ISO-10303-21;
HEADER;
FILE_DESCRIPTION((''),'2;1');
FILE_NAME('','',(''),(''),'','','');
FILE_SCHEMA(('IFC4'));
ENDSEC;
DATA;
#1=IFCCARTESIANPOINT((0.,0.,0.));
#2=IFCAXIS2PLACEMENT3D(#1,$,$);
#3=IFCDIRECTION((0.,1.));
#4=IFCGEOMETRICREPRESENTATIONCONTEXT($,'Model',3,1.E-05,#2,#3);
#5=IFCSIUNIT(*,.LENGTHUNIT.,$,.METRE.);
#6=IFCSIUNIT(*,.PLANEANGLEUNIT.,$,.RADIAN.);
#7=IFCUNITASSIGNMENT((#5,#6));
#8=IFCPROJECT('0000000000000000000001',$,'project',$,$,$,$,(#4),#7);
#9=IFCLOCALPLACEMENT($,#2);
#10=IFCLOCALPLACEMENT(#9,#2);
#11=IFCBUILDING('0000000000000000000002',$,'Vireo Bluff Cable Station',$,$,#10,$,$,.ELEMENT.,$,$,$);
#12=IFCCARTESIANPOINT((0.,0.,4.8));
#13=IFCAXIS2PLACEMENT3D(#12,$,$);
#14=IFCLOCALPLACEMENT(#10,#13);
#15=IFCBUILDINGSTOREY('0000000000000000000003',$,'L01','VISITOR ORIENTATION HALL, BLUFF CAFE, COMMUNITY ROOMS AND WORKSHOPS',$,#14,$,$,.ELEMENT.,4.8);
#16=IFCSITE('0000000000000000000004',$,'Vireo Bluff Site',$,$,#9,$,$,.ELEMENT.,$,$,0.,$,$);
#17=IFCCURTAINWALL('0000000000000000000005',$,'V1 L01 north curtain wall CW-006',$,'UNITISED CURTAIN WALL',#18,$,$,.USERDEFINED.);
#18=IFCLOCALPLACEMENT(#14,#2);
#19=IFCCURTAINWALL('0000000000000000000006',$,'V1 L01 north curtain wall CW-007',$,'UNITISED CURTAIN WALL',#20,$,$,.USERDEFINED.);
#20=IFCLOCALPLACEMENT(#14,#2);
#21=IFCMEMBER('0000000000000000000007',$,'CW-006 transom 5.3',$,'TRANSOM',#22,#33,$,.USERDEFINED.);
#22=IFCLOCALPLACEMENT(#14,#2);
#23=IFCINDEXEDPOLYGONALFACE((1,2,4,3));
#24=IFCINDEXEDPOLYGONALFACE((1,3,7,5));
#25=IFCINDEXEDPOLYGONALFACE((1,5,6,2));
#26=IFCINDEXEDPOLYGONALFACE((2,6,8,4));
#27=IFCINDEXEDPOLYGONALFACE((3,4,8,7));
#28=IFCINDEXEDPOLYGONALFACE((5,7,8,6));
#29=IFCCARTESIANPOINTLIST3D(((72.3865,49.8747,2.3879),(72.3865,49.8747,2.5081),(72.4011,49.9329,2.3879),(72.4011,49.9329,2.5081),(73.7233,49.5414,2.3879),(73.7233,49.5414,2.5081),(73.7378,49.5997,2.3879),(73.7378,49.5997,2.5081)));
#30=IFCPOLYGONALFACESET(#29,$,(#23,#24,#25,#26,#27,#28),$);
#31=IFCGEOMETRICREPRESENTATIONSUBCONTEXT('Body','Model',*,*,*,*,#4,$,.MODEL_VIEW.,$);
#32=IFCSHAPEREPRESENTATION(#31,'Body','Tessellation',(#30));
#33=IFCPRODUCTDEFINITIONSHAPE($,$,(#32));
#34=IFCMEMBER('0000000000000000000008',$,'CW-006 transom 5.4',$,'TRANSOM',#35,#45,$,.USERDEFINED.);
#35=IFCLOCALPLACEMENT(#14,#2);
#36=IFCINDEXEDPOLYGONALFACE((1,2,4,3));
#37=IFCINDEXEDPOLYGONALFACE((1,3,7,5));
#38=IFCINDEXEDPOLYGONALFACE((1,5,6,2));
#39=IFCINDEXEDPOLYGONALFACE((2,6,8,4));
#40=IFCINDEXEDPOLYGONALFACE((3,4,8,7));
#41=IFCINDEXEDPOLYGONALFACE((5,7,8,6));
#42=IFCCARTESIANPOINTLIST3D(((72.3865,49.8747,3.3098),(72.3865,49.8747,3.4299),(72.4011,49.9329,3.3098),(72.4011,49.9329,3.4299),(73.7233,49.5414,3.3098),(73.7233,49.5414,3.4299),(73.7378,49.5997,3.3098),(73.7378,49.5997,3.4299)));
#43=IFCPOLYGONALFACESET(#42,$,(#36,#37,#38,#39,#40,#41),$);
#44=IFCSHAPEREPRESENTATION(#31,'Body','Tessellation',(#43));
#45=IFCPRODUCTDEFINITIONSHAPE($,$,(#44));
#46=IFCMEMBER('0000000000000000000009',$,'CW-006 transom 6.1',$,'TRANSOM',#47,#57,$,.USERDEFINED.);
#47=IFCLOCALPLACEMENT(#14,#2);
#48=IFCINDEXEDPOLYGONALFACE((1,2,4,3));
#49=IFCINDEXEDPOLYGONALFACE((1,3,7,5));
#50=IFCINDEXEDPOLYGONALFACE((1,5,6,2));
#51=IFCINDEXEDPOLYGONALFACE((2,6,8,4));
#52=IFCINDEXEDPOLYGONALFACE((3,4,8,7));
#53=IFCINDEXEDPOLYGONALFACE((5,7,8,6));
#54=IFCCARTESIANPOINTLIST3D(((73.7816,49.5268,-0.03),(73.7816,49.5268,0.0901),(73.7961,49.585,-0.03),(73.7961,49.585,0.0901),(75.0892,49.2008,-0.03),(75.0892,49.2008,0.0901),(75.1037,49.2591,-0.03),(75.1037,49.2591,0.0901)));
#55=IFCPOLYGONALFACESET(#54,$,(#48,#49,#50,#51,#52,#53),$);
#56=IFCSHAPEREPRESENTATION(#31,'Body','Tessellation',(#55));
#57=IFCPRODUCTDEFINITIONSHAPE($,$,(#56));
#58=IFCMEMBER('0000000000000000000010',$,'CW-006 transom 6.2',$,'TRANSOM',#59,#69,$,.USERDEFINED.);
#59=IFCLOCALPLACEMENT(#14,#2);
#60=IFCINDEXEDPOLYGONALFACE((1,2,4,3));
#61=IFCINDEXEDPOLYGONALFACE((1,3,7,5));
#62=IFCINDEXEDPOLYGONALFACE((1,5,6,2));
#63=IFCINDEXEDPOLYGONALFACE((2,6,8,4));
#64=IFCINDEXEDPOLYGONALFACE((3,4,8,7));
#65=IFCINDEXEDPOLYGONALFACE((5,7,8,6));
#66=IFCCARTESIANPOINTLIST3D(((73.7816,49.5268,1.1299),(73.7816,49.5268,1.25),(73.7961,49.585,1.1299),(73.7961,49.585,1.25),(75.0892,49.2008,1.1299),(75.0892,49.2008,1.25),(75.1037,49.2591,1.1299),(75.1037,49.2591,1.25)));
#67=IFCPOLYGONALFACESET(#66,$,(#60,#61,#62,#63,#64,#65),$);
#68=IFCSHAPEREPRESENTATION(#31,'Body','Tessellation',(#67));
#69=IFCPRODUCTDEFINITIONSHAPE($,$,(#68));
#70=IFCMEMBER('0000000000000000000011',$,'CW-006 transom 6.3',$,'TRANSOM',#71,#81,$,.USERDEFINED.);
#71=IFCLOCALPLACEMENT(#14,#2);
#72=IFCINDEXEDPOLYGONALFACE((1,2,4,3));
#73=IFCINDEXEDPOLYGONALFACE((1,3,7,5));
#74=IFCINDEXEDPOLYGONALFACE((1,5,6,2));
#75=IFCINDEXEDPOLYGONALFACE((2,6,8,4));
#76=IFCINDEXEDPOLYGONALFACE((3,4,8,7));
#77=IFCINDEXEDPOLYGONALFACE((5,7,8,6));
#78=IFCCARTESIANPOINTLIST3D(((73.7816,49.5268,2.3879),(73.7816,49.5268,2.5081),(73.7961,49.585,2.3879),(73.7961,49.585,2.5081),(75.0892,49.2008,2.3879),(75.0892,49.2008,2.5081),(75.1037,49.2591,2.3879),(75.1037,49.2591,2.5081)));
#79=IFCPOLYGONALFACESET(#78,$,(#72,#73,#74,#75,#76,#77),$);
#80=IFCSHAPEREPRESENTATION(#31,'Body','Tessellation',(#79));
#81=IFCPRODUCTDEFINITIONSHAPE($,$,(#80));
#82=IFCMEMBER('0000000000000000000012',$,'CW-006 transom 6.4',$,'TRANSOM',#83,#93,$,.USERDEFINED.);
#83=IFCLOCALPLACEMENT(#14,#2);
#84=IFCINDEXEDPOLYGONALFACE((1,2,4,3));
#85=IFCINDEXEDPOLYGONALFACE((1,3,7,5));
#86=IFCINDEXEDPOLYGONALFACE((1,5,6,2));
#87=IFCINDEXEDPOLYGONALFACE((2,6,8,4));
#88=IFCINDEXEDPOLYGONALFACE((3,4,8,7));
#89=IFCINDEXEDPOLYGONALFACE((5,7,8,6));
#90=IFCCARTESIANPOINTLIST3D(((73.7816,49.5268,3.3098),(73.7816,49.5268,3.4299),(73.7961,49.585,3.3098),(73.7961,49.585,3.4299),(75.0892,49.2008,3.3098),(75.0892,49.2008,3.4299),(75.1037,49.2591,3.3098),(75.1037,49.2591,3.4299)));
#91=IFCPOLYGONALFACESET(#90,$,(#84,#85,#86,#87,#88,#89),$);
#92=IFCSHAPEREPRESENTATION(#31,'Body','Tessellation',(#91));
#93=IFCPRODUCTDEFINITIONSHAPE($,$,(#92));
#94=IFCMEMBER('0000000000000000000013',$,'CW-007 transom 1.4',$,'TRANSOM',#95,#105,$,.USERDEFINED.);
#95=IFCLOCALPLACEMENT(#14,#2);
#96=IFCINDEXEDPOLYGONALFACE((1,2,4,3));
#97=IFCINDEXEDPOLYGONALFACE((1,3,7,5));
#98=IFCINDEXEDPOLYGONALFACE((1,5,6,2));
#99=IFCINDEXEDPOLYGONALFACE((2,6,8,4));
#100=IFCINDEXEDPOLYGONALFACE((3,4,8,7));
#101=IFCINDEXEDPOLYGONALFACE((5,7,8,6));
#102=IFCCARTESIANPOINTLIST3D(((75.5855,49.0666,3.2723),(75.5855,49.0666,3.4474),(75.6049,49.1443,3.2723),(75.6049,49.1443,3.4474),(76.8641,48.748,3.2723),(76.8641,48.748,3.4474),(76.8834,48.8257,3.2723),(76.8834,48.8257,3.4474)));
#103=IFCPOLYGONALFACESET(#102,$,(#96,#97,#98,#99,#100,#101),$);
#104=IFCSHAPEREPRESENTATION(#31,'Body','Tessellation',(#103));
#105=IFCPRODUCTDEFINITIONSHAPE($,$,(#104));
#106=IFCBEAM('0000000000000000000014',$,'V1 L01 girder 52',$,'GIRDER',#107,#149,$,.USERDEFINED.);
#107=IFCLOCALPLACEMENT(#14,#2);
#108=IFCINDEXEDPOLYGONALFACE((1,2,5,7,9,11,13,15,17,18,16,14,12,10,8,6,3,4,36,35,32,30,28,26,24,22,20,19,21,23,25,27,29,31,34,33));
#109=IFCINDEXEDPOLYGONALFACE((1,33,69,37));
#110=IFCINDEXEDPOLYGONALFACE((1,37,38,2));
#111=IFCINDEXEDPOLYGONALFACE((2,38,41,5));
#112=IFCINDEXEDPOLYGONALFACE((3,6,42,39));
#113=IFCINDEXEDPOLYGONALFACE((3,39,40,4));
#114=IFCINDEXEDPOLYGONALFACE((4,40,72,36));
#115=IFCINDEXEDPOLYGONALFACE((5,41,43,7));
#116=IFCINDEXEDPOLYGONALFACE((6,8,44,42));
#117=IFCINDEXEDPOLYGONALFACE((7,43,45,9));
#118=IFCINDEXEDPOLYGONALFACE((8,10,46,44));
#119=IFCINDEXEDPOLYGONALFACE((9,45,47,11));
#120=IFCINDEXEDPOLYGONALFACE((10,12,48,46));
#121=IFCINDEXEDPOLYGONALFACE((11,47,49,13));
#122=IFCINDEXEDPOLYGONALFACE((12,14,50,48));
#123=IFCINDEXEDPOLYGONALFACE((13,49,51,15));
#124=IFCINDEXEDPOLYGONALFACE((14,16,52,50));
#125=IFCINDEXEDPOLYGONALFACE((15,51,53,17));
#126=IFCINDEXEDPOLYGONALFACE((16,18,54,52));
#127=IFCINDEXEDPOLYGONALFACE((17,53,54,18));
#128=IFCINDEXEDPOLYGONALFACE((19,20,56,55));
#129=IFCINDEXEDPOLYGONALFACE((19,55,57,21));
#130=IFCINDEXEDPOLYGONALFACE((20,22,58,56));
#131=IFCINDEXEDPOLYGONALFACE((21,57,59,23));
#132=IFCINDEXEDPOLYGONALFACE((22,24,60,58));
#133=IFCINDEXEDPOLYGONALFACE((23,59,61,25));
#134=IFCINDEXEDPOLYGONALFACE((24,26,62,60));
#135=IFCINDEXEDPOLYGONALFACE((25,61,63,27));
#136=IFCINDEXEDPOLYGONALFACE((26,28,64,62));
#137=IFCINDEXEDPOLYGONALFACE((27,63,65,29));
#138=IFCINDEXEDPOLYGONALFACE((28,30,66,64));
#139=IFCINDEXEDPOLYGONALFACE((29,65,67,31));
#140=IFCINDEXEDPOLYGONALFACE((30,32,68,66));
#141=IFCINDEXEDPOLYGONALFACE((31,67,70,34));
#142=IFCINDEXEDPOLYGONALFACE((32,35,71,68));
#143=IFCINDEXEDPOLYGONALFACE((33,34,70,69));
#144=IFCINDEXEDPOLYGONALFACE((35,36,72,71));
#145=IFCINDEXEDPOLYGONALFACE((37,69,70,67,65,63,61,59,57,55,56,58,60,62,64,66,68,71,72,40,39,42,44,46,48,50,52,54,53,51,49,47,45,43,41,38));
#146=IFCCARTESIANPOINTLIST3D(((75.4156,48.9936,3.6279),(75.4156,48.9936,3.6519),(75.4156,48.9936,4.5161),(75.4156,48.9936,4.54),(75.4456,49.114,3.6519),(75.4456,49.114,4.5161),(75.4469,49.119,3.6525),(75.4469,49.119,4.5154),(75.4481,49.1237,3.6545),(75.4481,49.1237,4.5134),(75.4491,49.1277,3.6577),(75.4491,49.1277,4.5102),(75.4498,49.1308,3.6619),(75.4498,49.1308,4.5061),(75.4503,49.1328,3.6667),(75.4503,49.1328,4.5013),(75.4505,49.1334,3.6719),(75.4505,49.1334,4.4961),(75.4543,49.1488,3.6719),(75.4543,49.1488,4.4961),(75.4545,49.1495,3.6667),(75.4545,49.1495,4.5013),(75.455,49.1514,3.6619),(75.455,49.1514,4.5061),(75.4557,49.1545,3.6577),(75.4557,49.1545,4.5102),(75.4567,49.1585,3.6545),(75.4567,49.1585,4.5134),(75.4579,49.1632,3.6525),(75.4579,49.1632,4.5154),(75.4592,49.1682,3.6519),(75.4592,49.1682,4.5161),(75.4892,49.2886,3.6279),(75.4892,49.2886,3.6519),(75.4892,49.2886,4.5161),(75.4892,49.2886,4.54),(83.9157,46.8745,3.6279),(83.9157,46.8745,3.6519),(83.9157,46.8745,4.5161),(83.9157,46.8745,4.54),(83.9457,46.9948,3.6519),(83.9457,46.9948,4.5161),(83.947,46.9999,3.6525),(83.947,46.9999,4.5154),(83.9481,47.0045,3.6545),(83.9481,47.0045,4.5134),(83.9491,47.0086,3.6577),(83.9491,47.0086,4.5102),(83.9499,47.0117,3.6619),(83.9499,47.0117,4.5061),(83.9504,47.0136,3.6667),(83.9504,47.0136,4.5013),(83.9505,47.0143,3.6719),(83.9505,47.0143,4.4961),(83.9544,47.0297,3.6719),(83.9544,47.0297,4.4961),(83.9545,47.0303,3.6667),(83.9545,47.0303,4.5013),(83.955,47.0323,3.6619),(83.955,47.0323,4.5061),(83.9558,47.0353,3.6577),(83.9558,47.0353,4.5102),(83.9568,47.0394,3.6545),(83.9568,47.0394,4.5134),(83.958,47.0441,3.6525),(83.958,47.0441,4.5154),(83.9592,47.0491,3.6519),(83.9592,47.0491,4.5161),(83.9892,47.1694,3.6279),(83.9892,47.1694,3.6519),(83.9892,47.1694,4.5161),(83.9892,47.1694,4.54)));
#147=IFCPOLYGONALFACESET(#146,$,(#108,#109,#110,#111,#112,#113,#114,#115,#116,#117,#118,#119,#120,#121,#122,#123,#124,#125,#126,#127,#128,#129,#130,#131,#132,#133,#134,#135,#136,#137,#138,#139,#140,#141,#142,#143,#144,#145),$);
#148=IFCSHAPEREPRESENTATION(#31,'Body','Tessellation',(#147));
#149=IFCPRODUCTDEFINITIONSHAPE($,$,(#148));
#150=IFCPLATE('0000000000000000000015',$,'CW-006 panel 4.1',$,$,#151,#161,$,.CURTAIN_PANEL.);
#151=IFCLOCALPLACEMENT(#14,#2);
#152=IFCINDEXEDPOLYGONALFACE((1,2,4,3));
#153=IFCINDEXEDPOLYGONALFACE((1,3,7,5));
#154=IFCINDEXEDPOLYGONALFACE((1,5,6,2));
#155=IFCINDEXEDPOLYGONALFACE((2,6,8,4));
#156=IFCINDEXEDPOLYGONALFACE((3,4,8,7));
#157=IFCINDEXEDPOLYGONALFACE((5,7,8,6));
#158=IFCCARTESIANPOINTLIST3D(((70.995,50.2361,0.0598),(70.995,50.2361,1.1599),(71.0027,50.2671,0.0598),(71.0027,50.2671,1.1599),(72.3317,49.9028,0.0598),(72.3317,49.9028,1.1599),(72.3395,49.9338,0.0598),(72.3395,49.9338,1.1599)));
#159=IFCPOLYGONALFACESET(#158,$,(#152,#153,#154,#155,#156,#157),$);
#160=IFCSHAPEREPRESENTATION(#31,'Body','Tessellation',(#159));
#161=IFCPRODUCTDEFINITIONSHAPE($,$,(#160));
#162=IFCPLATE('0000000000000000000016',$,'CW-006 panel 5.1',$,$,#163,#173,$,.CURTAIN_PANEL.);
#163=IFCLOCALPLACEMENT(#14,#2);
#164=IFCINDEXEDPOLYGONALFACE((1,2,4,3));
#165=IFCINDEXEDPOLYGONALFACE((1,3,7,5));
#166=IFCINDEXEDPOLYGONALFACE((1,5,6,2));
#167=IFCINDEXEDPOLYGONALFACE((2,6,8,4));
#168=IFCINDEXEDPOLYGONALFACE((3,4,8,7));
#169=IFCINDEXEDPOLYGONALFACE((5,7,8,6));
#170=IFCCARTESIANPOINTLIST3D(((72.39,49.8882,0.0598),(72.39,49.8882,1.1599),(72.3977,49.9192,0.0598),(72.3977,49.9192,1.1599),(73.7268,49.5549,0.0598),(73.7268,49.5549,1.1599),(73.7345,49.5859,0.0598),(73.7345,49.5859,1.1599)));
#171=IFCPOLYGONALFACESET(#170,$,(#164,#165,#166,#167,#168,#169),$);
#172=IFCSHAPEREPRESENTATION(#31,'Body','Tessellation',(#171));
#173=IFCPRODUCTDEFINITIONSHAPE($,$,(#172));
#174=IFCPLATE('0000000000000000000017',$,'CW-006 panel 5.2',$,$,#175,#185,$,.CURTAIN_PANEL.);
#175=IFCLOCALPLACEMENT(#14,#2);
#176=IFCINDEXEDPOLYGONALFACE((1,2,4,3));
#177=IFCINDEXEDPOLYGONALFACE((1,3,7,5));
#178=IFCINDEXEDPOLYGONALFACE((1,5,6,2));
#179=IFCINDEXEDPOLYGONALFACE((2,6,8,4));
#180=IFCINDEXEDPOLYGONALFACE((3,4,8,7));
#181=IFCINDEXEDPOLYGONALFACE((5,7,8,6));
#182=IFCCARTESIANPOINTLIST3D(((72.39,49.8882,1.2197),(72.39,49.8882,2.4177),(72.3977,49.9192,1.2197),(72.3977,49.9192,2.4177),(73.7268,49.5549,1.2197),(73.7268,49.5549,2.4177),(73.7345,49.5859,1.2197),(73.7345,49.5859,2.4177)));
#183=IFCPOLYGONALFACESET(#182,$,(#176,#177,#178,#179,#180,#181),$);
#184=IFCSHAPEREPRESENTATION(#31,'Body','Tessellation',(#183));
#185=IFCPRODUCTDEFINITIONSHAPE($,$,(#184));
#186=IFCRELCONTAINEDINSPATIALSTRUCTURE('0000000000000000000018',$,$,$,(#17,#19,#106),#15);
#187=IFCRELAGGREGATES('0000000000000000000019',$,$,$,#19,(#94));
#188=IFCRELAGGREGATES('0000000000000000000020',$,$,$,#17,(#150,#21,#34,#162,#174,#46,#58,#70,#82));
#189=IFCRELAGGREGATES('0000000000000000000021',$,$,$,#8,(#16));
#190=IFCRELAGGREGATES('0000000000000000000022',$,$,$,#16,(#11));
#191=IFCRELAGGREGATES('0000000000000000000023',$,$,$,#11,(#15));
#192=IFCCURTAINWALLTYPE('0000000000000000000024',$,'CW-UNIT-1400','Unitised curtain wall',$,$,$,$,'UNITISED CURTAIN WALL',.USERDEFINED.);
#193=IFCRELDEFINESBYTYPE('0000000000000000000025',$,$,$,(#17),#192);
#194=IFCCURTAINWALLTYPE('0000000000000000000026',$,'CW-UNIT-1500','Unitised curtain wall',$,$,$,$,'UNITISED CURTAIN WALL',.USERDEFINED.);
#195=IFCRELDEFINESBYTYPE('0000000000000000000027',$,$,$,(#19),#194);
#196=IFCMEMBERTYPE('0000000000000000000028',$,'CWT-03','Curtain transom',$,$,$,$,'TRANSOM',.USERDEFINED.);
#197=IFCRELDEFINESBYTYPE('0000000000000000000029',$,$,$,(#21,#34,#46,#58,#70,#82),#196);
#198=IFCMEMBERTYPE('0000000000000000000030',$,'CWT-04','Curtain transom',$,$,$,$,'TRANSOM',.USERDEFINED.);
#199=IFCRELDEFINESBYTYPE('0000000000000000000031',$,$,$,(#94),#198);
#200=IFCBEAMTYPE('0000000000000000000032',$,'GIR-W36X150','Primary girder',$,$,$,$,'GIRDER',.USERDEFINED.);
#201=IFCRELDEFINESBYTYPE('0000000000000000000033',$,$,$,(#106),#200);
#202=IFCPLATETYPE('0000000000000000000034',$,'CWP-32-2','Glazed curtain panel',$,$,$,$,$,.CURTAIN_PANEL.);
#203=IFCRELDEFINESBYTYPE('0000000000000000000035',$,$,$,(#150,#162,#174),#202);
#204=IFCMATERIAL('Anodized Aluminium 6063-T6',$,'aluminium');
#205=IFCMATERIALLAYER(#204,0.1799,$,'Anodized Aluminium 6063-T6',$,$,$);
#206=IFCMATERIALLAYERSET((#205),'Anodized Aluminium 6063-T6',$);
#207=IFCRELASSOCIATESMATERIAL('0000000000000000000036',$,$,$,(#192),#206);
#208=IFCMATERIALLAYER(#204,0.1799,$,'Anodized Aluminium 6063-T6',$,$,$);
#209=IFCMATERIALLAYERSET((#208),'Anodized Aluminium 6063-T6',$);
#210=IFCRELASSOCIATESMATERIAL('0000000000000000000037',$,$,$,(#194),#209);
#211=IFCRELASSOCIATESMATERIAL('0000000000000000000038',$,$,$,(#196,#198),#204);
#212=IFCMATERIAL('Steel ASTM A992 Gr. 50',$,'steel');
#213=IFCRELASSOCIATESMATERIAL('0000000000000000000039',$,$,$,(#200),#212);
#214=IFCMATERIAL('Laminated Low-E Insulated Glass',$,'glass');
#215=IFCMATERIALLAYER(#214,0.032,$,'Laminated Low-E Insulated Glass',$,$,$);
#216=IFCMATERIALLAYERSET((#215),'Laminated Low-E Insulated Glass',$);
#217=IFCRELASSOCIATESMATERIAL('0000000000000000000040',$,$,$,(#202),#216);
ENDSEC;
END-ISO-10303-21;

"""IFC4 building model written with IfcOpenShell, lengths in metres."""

from ifc_helpers import new_model, si_unit, direction, frame, origin, origin_2d, place, context, subcontext, project, spatial, rectangle, i_section, extrude, material, layer, layer_set, material_profile, profile_set, type_object, element, aggregate, save


model = new_model("IFC4")

# Units and contexts
model_context = context("Model", 3, precision=1e-05, world=origin(), true_north=direction((0.0, 1.0)))
body_context = subcontext(model_context, "Body", "Model", "MODEL_VIEW")
ifc_project = project(units=[si_unit("LENGTHUNIT", "METRE"), si_unit("PLANEANGLEUNIT", "RADIAN")], contexts=[model_context])

# Site, building, storey
site_placement = place(None, origin())
site = spatial("IfcSite", under=ifc_project, at=site_placement, Name="Vireo Bluff Site", CompositionType="ELEMENT", RefElevation=0.0)
building_placement = place(site_placement, origin())
building = spatial("IfcBuilding", under=site, at=building_placement, Name="Vireo Bluff Cable Station", CompositionType="ELEMENT")
storey_placement = place(building_placement, frame((0.0, 0.0, 4.8)))
storey = spatial("IfcBuildingStorey", under=building, at=storey_placement, Name="L01", Description="VISITOR ORIENTATION HALL, BLUFF CAFE, COMMUNITY ROOMS AND WORKSHOPS", CompositionType="ELEMENT", Elevation=4.8)

# Shared definitions
ifc_material_1 = material(Name="Steel ASTM A992 Gr. 50", Category="steel")

# Curtain wall
ifc_material_2 = material(Name="Anodized Aluminium 6063-T6", Category="aluminium")
ifc_layer_1 = layer(ifc_material_2, 0.1799, Name="Anodized Aluminium 6063-T6")
ifc_layer_set_1 = layer_set([ifc_layer_1], Name="Anodized Aluminium 6063-T6")
curtain_wall_type_1 = type_object("IfcCurtainWallType", Name="CW-UNIT-1400", Description="Unitised curtain wall", ElementType="UNITISED CURTAIN WALL", PredefinedType="USERDEFINED", material=ifc_layer_set_1)
curtain_wall_1_placement = place(storey_placement, origin())
curtain_wall_1 = element("IfcCurtainWall", 1, at=curtain_wall_1_placement, inside=storey, type_object=curtain_wall_type_1, Name="V1 L01 north curtain wall CW-006", ObjectType="UNITISED CURTAIN WALL", PredefinedType="USERDEFINED")

# Curtain wall
ifc_layer_2 = layer(ifc_material_2, 0.1799, Name="Anodized Aluminium 6063-T6")
ifc_layer_set_2 = layer_set([ifc_layer_2], Name="Anodized Aluminium 6063-T6")
curtain_wall_type_2 = type_object("IfcCurtainWallType", Name="CW-UNIT-1500", Description="Unitised curtain wall", ElementType="UNITISED CURTAIN WALL", PredefinedType="USERDEFINED", material=ifc_layer_set_2)
curtain_wall_2_placement = place(storey_placement, origin())
curtain_wall_2 = element("IfcCurtainWall", 2, at=curtain_wall_2_placement, inside=storey, type_object=curtain_wall_type_2, Name="V1 L01 north curtain wall CW-007", ObjectType="UNITISED CURTAIN WALL", PredefinedType="USERDEFINED")

# Members
ifc_material_profile_1 = material_profile(ifc_material_2, rectangle(XDim=0.0601, YDim=0.1201, at=origin_2d()), Name="ALU-T-60X120")
ifc_profile_set_1 = profile_set([ifc_material_profile_1], Name="Anodized Aluminium 6063-T6")
member_type_1 = type_object("IfcMemberType", Name="CWT-03", Description="Curtain transom", ElementType="TRANSOM", PredefinedType="USERDEFINED", material=ifc_profile_set_1)
member_1_placement = place(storey_placement, frame((72.3938, 49.9038, 2.448), z_axis=(0.970299, -0.24191, 0.0), x_axis=(0.24191, 0.970299, 0.0)))
member_1 = element("IfcMember", 3, at=member_1_placement, type_object=member_type_1, Name="CW-006 transom 5.3", ObjectType="TRANSOM", PredefinedType="USERDEFINED", context=body_context, shape_type="SweptSolid", body=[
    extrude(rectangle(XDim=0.0601, YDim=0.1201, at=origin_2d()), origin(), (0.0, 0.0, 1.0), 1.3777),
])
member_2_placement = place(storey_placement, frame((72.3938, 49.9038, 3.3699), z_axis=(0.970299, -0.24191, 0.0), x_axis=(0.24191, 0.970299, 0.0)))
member_2 = element("IfcMember", 4, at=member_2_placement, type_object=member_type_1, Name="CW-006 transom 5.4", ObjectType="TRANSOM", PredefinedType="USERDEFINED", context=body_context, shape_type="SweptSolid", body=[
    extrude(rectangle(XDim=0.0601, YDim=0.1201, at=origin_2d()), origin(), (0.0, 0.0, 1.0), 1.3777),
])
member_3_placement = place(storey_placement, frame((73.7888, 49.5559, 0.03), z_axis=(0.970313, -0.241854, 0.0), x_axis=(0.241854, 0.970313, 0.0)))
member_3 = element("IfcMember", 5, at=member_3_placement, type_object=member_type_1, Name="CW-006 transom 6.1", ObjectType="TRANSOM", PredefinedType="USERDEFINED", context=body_context, shape_type="SweptSolid", body=[
    extrude(rectangle(XDim=0.0601, YDim=0.1201, at=origin_2d()), origin(), (0.0, 0.0, 1.0), 1.3477),
])
member_4_placement = place(storey_placement, frame((73.7888, 49.5559, 1.1899), z_axis=(0.970313, -0.241854, 0.0), x_axis=(0.241854, 0.970313, 0.0)))
member_4 = element("IfcMember", 6, at=member_4_placement, type_object=member_type_1, Name="CW-006 transom 6.2", ObjectType="TRANSOM", PredefinedType="USERDEFINED", context=body_context, shape_type="SweptSolid", body=[
    extrude(rectangle(XDim=0.0601, YDim=0.1201, at=origin_2d()), origin(), (0.0, 0.0, 1.0), 1.3477),
])
member_5_placement = place(storey_placement, frame((73.7888, 49.5559, 2.448), z_axis=(0.970313, -0.241854, 0.0), x_axis=(0.241854, 0.970313, 0.0)))
member_5 = element("IfcMember", 7, at=member_5_placement, type_object=member_type_1, Name="CW-006 transom 6.3", ObjectType="TRANSOM", PredefinedType="USERDEFINED", context=body_context, shape_type="SweptSolid", body=[
    extrude(rectangle(XDim=0.0601, YDim=0.1201, at=origin_2d()), origin(), (0.0, 0.0, 1.0), 1.3477),
])
member_6_placement = place(storey_placement, frame((73.7888, 49.5559, 3.3699), z_axis=(0.970313, -0.241854, 0.0), x_axis=(0.241854, 0.970313, 0.0)))
member_6 = element("IfcMember", 8, at=member_6_placement, type_object=member_type_1, Name="CW-006 transom 6.4", ObjectType="TRANSOM", PredefinedType="USERDEFINED", context=body_context, shape_type="SweptSolid", body=[
    extrude(rectangle(XDim=0.0601, YDim=0.1201, at=origin_2d()), origin(), (0.0, 0.0, 1.0), 1.3477),
])
ifc_material_profile_2 = material_profile(ifc_material_2, rectangle(XDim=0.0801, YDim=0.175, at=origin_2d()), Name="ALU-T-80X175")
ifc_profile_set_2 = profile_set([ifc_material_profile_2], Name="Anodized Aluminium 6063-T6")
member_type_2 = type_object("IfcMemberType", Name="CWT-04", Description="Curtain transom", ElementType="TRANSOM", PredefinedType="USERDEFINED", material=ifc_profile_set_2)
member_7_placement = place(storey_placement, frame((75.5952, 49.1055, 3.3599), z_axis=(0.970328, -0.241794, 0.0), x_axis=(0.241794, 0.970328, 0.0)))
member_7 = element("IfcMember", 9, at=member_7_placement, type_object=member_type_2, Name="CW-007 transom 1.4", ObjectType="TRANSOM", PredefinedType="USERDEFINED", context=body_context, shape_type="SweptSolid", body=[
    extrude(rectangle(XDim=0.0801, YDim=0.175, at=origin_2d()), origin(), (0.0, 0.0, 1.0), 1.3176),
])
aggregate(curtain_wall_2, [member_7])

# Beam
ifc_material_profile_3 = material_profile(ifc_material_1, i_section(OverallWidth=0.304, OverallDepth=0.9121, WebThickness=0.0159, FlangeThickness=0.0239, FilletRadius=0.02, at=origin_2d()), Name="W36X150")
ifc_profile_set_3 = profile_set([ifc_material_profile_3], Name="Steel ASTM A992 Gr. 50")
beam_type_1 = type_object("IfcBeamType", Name="GIR-W36X150", Description="Primary girder", ElementType="GIRDER", PredefinedType="USERDEFINED", material=ifc_profile_set_3)
beam_1_placement = place(storey_placement, frame((75.4524, 49.1411, 4.084), z_axis=(0.9703, -0.241906, 0.0), x_axis=(0.241906, 0.9703, 0.0)))
element("IfcBeam", 10, at=beam_1_placement, inside=storey, type_object=beam_type_1, Name="V1 L01 girder 52", ObjectType="GIRDER", PredefinedType="USERDEFINED", context=body_context, shape_type="SweptSolid", body=[
    extrude(i_section(OverallWidth=0.304, OverallDepth=0.9121, WebThickness=0.0159, FlangeThickness=0.0239, FilletRadius=0.02, at=origin_2d()), origin(), (0.0, 0.0, 1.0), 8.7603),
])

# Plates
ifc_material_3 = material(Name="Laminated Low-E Insulated Glass", Category="glass")
ifc_layer_3 = layer(ifc_material_3, 0.032, Name="Laminated Low-E Insulated Glass")
ifc_layer_set_3 = layer_set([ifc_layer_3], Name="Laminated Low-E Insulated Glass")
plate_type = type_object("IfcPlateType", Name="CWP-32-2", Description="Glazed curtain panel", PredefinedType="CURTAIN_PANEL", material=ifc_layer_set_3)
plate_1_placement = place(storey_placement, frame((71.6672, 50.085, 0.0598), z_axis=(0.0, 0.0, 1.0), x_axis=(0.970296, -0.241922, 0.0)))
plate_1 = element("IfcPlate", 11, at=plate_1_placement, type_object=plate_type, Name="CW-006 panel 4.1", PredefinedType="CURTAIN_PANEL", context=body_context, shape_type="SweptSolid", body=[
    extrude(rectangle(XDim=1.3777, YDim=0.032, at=origin_2d()), origin(), (0.0, 0.0, 1.0), 1.1001),
])
plate_2_placement = place(storey_placement, frame((73.0623, 49.7371, 0.0598), z_axis=(0.0, 0.0, 1.0), x_axis=(0.970296, -0.241922, 0.0)))
plate_2 = element("IfcPlate", 12, at=plate_2_placement, type_object=plate_type, Name="CW-006 panel 5.1", PredefinedType="CURTAIN_PANEL", context=body_context, shape_type="SweptSolid", body=[
    extrude(rectangle(XDim=1.3777, YDim=0.032, at=origin_2d()), origin(), (0.0, 0.0, 1.0), 1.1001),
])
plate_3_placement = place(storey_placement, frame((73.0623, 49.7371, 1.2197), z_axis=(0.0, 0.0, 1.0), x_axis=(0.970296, -0.241922, 0.0)))
plate_3 = element("IfcPlate", 13, at=plate_3_placement, type_object=plate_type, Name="CW-006 panel 5.2", PredefinedType="CURTAIN_PANEL", context=body_context, shape_type="SweptSolid", body=[
    extrude(rectangle(XDim=1.3777, YDim=0.032, at=origin_2d()), origin(), (0.0, 0.0, 1.0), 1.198),
])
aggregate(curtain_wall_1, [plate_1, member_1, member_2, plate_2, plate_3, member_3, member_4, member_5, member_6])

save(model, "model.ifc")
